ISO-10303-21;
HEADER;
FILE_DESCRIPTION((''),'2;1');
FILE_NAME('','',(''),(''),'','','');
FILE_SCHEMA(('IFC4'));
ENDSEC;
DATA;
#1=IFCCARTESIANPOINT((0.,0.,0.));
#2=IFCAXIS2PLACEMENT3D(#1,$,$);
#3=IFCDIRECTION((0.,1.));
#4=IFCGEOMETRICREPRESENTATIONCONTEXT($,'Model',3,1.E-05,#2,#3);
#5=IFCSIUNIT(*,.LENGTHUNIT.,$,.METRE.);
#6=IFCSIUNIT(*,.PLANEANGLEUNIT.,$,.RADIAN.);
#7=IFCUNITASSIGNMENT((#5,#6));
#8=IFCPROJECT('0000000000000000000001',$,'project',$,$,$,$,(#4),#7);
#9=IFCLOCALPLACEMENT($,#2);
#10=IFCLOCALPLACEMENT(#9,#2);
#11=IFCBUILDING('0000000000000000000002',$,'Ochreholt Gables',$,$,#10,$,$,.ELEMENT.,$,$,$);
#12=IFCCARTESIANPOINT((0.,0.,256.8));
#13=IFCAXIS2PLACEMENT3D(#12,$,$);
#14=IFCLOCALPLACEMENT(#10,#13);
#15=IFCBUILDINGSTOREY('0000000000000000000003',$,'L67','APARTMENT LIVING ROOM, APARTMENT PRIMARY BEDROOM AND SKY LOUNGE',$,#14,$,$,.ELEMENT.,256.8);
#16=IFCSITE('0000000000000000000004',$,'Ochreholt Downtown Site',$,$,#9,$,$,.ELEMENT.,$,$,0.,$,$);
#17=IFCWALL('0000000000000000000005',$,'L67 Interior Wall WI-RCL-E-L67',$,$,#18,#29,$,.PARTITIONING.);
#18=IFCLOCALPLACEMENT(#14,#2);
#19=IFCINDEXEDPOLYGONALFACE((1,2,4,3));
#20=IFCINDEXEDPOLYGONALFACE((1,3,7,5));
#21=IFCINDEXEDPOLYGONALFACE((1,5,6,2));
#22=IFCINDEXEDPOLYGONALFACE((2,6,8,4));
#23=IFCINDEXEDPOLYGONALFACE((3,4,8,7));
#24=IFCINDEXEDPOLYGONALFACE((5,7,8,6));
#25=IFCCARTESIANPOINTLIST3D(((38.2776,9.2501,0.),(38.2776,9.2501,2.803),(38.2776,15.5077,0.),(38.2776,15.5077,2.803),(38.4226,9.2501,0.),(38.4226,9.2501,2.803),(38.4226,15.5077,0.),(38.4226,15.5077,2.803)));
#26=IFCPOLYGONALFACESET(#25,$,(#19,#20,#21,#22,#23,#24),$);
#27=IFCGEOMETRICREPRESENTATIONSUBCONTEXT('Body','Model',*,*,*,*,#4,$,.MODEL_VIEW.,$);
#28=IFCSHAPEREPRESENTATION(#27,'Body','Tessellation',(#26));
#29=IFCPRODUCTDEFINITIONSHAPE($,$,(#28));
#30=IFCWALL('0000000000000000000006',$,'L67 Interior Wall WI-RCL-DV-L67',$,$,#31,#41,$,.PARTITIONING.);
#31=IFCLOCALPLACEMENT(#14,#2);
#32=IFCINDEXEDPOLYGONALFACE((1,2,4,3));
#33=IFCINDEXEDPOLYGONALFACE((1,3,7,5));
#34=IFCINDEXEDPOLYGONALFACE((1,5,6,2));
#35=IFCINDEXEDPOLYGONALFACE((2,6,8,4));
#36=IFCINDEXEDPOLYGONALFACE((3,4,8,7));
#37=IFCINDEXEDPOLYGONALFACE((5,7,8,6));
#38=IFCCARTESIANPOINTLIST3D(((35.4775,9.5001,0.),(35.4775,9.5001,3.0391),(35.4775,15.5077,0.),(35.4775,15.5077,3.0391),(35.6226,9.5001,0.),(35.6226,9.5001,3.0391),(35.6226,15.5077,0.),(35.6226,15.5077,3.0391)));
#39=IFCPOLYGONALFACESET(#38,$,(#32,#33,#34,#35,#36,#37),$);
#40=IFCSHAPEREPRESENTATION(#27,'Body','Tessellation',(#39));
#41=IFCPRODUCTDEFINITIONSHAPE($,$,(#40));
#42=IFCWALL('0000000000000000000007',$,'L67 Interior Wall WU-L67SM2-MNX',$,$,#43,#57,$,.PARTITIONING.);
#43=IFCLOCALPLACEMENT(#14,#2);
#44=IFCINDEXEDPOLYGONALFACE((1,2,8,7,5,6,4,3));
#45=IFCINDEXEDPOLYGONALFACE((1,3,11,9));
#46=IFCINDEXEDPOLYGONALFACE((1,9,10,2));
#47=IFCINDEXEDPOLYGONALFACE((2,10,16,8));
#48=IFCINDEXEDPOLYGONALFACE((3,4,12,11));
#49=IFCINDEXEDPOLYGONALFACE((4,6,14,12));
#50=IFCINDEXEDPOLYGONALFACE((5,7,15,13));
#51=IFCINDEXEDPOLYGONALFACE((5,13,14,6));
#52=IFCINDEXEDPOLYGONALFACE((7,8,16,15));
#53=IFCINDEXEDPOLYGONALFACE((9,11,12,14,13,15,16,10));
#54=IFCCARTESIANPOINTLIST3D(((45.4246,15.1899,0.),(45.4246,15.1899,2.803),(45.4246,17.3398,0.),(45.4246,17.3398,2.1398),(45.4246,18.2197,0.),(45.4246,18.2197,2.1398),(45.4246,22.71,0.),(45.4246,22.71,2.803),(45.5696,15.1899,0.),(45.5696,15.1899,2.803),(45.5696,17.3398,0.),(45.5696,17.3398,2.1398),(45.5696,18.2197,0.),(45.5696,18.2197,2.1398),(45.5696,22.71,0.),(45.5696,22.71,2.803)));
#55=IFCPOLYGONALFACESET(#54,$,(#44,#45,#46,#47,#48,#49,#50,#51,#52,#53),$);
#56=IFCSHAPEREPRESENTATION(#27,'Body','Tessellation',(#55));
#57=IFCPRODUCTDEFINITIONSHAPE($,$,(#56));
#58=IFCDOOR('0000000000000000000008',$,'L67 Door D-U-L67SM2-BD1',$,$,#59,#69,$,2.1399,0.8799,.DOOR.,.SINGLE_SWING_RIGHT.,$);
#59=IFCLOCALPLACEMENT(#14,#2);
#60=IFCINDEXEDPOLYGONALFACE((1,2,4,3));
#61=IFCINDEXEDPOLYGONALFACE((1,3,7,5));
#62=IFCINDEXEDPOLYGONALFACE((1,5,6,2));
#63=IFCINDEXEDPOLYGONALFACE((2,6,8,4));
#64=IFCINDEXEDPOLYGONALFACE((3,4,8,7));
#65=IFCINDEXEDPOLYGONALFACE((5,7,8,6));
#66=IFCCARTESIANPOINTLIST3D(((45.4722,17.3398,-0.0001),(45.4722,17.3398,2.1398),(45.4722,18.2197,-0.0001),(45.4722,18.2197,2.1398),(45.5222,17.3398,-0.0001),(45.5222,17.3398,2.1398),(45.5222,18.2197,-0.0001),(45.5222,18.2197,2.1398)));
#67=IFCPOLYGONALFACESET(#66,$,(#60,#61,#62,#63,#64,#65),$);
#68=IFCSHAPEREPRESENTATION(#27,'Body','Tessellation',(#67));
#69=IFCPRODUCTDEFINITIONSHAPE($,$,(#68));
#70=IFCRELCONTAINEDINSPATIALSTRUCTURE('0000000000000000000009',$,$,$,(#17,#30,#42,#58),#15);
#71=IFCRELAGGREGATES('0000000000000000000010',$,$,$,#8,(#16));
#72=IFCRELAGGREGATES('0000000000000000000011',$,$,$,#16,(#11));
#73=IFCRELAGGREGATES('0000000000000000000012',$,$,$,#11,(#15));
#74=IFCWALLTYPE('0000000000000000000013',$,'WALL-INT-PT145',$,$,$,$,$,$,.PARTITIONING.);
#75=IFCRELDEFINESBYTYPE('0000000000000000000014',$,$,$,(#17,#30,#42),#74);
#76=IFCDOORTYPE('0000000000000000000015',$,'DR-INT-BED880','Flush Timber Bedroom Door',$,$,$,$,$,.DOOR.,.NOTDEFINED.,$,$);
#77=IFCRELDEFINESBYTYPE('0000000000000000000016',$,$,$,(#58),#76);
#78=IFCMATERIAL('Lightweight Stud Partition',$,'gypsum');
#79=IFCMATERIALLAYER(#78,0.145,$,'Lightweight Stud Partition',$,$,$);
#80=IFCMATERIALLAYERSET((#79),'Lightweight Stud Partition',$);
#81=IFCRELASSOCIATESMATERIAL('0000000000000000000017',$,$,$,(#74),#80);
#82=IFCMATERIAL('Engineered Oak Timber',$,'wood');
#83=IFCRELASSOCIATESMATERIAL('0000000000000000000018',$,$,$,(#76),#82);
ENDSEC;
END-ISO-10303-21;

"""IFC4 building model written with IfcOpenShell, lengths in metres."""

from ifc_helpers import new_model, si_unit, direction, frame, frame_2d, origin, place, context, subcontext, project, spatial, rectangle, extrude, material, layer, layer_set, type_object, element, fill, save


model = new_model("IFC4")

# Units and contexts
model_context = context("Model", 3, precision=1e-05, world=origin(), true_north=direction((0.0, 1.0)))
body_context = subcontext(model_context, "Body", "Model", "MODEL_VIEW")
ifc_project = project(units=[si_unit("LENGTHUNIT", "METRE"), si_unit("PLANEANGLEUNIT", "RADIAN")], contexts=[model_context])

# Site, building, storey
site_placement = place(None, origin())
site = spatial("IfcSite", under=ifc_project, at=site_placement, Name="Ochreholt Downtown Site", CompositionType="ELEMENT", RefElevation=0.0)
building_placement = place(site_placement, origin())
building = spatial("IfcBuilding", under=site, at=building_placement, Name="Ochreholt Gables", CompositionType="ELEMENT")
storey_placement = place(building_placement, frame((0.0, 0.0, 256.8)))
storey = spatial("IfcBuildingStorey", under=building, at=storey_placement, Name="L67", Description="APARTMENT LIVING ROOM, APARTMENT PRIMARY BEDROOM AND SKY LOUNGE", CompositionType="ELEMENT", Elevation=256.8)

# Shared definitions
ifc_material_1 = material(Name="Engineered Oak Timber", Category="wood")

# Walls
ifc_material_2 = material(Name="Lightweight Stud Partition", Category="gypsum")
ifc_layer_1 = layer(ifc_material_2, 0.145, Name="Lightweight Stud Partition")
ifc_layer_set_1 = layer_set([ifc_layer_1], Name="Lightweight Stud Partition")
wall_type_1 = type_object("IfcWallType", Name="WALL-INT-PT145", PredefinedType="PARTITIONING", material=ifc_layer_set_1)
wall_1_placement = place(storey_placement, frame((38.3501, 9.25, 0.0), z_axis=(0.0, 0.0, 1.0), x_axis=(0.0, 1.0, 0.0)))
element("IfcWall", 1, at=wall_1_placement, inside=storey, type_object=wall_type_1, Name="L67 Interior Wall WI-RCL-E-L67", PredefinedType="PARTITIONING", context=body_context, shape_type="SweptSolid", body=[
    extrude(rectangle(XDim=6.2576, YDim=0.145, at=frame_2d((3.1289, 0.0))), origin(), (0.0, 0.0, 1.0), 2.803),
])
wall_2_placement = place(storey_placement, frame((35.55, 9.5, 0.0), z_axis=(0.0, 0.0, 1.0), x_axis=(0.0, 1.0, 0.0)))
element("IfcWall", 2, at=wall_2_placement, inside=storey, type_object=wall_type_1, Name="L67 Interior Wall WI-RCL-DV-L67", PredefinedType="PARTITIONING", context=body_context, shape_type="SweptSolid", body=[
    extrude(rectangle(XDim=6.0076, YDim=0.145, at=frame_2d((3.0039, 0.0))), origin(), (0.0, 0.0, 1.0), 3.0391),
])

# Wall, opening, door
wall_3_placement = place(storey_placement, frame((45.4971, 15.1899, 0.0), z_axis=(0.0, 0.0, 1.0), x_axis=(0.0, 1.0, 0.0)))
wall_3 = element("IfcWall", 3, at=wall_3_placement, inside=storey, type_object=wall_type_1, Name="L67 Interior Wall WU-L67SM2-MNX", PredefinedType="PARTITIONING", context=body_context, shape_type="SweptSolid", body=[
    extrude(rectangle(XDim=7.52, YDim=0.145, at=frame_2d((3.76, 0.0))), origin(), (0.0, 0.0, 1.0), 2.803),
])
opening_1_placement = place(wall_3_placement, frame((2.1499, 0.0, 0.0)))
opening_1 = element("IfcOpeningElement", 4, at=opening_1_placement, cuts=wall_3, PredefinedType="OPENING", context=body_context, shape_type="SweptSolid", body=[
    extrude(rectangle(XDim=0.8799, YDim=2.1399, at=frame_2d((0.4399, 1.0698))), frame((0.0, 0.0825, 0.0), z_axis=(0.0, -1.0, 0.0), x_axis=(1.0, 0.0, 0.0)), (0.0, 0.0, 1.0), 0.165),
])
door_type_1 = type_object("IfcDoorType", Name="DR-INT-BED880", Description="Flush Timber Bedroom Door", OperationType="NOTDEFINED", PredefinedType="DOOR", material=ifc_material_1)
door_1_placement = place(opening_1_placement, origin())
door_1 = element("IfcDoor", 5, at=door_1_placement, inside=storey, type_object=door_type_1, Name="L67 Door D-U-L67SM2-BD1", OperationType="SINGLE_SWING_RIGHT", OverallHeight=2.1399, OverallWidth=0.8799, PredefinedType="DOOR", context=body_context, shape_type="SweptSolid", body=[
    extrude(rectangle(XDim=0.8799, YDim=2.1399, at=frame_2d((0.4399, 1.0698))), frame((0.0, 0.0249, 0.0), z_axis=(0.0, -1.0, 0.0), x_axis=(1.0, 0.0, 0.0)), (0.0, 0.0, 1.0), 0.05),
])
fill(opening_1, door_1)

save(model, "model.ifc")
